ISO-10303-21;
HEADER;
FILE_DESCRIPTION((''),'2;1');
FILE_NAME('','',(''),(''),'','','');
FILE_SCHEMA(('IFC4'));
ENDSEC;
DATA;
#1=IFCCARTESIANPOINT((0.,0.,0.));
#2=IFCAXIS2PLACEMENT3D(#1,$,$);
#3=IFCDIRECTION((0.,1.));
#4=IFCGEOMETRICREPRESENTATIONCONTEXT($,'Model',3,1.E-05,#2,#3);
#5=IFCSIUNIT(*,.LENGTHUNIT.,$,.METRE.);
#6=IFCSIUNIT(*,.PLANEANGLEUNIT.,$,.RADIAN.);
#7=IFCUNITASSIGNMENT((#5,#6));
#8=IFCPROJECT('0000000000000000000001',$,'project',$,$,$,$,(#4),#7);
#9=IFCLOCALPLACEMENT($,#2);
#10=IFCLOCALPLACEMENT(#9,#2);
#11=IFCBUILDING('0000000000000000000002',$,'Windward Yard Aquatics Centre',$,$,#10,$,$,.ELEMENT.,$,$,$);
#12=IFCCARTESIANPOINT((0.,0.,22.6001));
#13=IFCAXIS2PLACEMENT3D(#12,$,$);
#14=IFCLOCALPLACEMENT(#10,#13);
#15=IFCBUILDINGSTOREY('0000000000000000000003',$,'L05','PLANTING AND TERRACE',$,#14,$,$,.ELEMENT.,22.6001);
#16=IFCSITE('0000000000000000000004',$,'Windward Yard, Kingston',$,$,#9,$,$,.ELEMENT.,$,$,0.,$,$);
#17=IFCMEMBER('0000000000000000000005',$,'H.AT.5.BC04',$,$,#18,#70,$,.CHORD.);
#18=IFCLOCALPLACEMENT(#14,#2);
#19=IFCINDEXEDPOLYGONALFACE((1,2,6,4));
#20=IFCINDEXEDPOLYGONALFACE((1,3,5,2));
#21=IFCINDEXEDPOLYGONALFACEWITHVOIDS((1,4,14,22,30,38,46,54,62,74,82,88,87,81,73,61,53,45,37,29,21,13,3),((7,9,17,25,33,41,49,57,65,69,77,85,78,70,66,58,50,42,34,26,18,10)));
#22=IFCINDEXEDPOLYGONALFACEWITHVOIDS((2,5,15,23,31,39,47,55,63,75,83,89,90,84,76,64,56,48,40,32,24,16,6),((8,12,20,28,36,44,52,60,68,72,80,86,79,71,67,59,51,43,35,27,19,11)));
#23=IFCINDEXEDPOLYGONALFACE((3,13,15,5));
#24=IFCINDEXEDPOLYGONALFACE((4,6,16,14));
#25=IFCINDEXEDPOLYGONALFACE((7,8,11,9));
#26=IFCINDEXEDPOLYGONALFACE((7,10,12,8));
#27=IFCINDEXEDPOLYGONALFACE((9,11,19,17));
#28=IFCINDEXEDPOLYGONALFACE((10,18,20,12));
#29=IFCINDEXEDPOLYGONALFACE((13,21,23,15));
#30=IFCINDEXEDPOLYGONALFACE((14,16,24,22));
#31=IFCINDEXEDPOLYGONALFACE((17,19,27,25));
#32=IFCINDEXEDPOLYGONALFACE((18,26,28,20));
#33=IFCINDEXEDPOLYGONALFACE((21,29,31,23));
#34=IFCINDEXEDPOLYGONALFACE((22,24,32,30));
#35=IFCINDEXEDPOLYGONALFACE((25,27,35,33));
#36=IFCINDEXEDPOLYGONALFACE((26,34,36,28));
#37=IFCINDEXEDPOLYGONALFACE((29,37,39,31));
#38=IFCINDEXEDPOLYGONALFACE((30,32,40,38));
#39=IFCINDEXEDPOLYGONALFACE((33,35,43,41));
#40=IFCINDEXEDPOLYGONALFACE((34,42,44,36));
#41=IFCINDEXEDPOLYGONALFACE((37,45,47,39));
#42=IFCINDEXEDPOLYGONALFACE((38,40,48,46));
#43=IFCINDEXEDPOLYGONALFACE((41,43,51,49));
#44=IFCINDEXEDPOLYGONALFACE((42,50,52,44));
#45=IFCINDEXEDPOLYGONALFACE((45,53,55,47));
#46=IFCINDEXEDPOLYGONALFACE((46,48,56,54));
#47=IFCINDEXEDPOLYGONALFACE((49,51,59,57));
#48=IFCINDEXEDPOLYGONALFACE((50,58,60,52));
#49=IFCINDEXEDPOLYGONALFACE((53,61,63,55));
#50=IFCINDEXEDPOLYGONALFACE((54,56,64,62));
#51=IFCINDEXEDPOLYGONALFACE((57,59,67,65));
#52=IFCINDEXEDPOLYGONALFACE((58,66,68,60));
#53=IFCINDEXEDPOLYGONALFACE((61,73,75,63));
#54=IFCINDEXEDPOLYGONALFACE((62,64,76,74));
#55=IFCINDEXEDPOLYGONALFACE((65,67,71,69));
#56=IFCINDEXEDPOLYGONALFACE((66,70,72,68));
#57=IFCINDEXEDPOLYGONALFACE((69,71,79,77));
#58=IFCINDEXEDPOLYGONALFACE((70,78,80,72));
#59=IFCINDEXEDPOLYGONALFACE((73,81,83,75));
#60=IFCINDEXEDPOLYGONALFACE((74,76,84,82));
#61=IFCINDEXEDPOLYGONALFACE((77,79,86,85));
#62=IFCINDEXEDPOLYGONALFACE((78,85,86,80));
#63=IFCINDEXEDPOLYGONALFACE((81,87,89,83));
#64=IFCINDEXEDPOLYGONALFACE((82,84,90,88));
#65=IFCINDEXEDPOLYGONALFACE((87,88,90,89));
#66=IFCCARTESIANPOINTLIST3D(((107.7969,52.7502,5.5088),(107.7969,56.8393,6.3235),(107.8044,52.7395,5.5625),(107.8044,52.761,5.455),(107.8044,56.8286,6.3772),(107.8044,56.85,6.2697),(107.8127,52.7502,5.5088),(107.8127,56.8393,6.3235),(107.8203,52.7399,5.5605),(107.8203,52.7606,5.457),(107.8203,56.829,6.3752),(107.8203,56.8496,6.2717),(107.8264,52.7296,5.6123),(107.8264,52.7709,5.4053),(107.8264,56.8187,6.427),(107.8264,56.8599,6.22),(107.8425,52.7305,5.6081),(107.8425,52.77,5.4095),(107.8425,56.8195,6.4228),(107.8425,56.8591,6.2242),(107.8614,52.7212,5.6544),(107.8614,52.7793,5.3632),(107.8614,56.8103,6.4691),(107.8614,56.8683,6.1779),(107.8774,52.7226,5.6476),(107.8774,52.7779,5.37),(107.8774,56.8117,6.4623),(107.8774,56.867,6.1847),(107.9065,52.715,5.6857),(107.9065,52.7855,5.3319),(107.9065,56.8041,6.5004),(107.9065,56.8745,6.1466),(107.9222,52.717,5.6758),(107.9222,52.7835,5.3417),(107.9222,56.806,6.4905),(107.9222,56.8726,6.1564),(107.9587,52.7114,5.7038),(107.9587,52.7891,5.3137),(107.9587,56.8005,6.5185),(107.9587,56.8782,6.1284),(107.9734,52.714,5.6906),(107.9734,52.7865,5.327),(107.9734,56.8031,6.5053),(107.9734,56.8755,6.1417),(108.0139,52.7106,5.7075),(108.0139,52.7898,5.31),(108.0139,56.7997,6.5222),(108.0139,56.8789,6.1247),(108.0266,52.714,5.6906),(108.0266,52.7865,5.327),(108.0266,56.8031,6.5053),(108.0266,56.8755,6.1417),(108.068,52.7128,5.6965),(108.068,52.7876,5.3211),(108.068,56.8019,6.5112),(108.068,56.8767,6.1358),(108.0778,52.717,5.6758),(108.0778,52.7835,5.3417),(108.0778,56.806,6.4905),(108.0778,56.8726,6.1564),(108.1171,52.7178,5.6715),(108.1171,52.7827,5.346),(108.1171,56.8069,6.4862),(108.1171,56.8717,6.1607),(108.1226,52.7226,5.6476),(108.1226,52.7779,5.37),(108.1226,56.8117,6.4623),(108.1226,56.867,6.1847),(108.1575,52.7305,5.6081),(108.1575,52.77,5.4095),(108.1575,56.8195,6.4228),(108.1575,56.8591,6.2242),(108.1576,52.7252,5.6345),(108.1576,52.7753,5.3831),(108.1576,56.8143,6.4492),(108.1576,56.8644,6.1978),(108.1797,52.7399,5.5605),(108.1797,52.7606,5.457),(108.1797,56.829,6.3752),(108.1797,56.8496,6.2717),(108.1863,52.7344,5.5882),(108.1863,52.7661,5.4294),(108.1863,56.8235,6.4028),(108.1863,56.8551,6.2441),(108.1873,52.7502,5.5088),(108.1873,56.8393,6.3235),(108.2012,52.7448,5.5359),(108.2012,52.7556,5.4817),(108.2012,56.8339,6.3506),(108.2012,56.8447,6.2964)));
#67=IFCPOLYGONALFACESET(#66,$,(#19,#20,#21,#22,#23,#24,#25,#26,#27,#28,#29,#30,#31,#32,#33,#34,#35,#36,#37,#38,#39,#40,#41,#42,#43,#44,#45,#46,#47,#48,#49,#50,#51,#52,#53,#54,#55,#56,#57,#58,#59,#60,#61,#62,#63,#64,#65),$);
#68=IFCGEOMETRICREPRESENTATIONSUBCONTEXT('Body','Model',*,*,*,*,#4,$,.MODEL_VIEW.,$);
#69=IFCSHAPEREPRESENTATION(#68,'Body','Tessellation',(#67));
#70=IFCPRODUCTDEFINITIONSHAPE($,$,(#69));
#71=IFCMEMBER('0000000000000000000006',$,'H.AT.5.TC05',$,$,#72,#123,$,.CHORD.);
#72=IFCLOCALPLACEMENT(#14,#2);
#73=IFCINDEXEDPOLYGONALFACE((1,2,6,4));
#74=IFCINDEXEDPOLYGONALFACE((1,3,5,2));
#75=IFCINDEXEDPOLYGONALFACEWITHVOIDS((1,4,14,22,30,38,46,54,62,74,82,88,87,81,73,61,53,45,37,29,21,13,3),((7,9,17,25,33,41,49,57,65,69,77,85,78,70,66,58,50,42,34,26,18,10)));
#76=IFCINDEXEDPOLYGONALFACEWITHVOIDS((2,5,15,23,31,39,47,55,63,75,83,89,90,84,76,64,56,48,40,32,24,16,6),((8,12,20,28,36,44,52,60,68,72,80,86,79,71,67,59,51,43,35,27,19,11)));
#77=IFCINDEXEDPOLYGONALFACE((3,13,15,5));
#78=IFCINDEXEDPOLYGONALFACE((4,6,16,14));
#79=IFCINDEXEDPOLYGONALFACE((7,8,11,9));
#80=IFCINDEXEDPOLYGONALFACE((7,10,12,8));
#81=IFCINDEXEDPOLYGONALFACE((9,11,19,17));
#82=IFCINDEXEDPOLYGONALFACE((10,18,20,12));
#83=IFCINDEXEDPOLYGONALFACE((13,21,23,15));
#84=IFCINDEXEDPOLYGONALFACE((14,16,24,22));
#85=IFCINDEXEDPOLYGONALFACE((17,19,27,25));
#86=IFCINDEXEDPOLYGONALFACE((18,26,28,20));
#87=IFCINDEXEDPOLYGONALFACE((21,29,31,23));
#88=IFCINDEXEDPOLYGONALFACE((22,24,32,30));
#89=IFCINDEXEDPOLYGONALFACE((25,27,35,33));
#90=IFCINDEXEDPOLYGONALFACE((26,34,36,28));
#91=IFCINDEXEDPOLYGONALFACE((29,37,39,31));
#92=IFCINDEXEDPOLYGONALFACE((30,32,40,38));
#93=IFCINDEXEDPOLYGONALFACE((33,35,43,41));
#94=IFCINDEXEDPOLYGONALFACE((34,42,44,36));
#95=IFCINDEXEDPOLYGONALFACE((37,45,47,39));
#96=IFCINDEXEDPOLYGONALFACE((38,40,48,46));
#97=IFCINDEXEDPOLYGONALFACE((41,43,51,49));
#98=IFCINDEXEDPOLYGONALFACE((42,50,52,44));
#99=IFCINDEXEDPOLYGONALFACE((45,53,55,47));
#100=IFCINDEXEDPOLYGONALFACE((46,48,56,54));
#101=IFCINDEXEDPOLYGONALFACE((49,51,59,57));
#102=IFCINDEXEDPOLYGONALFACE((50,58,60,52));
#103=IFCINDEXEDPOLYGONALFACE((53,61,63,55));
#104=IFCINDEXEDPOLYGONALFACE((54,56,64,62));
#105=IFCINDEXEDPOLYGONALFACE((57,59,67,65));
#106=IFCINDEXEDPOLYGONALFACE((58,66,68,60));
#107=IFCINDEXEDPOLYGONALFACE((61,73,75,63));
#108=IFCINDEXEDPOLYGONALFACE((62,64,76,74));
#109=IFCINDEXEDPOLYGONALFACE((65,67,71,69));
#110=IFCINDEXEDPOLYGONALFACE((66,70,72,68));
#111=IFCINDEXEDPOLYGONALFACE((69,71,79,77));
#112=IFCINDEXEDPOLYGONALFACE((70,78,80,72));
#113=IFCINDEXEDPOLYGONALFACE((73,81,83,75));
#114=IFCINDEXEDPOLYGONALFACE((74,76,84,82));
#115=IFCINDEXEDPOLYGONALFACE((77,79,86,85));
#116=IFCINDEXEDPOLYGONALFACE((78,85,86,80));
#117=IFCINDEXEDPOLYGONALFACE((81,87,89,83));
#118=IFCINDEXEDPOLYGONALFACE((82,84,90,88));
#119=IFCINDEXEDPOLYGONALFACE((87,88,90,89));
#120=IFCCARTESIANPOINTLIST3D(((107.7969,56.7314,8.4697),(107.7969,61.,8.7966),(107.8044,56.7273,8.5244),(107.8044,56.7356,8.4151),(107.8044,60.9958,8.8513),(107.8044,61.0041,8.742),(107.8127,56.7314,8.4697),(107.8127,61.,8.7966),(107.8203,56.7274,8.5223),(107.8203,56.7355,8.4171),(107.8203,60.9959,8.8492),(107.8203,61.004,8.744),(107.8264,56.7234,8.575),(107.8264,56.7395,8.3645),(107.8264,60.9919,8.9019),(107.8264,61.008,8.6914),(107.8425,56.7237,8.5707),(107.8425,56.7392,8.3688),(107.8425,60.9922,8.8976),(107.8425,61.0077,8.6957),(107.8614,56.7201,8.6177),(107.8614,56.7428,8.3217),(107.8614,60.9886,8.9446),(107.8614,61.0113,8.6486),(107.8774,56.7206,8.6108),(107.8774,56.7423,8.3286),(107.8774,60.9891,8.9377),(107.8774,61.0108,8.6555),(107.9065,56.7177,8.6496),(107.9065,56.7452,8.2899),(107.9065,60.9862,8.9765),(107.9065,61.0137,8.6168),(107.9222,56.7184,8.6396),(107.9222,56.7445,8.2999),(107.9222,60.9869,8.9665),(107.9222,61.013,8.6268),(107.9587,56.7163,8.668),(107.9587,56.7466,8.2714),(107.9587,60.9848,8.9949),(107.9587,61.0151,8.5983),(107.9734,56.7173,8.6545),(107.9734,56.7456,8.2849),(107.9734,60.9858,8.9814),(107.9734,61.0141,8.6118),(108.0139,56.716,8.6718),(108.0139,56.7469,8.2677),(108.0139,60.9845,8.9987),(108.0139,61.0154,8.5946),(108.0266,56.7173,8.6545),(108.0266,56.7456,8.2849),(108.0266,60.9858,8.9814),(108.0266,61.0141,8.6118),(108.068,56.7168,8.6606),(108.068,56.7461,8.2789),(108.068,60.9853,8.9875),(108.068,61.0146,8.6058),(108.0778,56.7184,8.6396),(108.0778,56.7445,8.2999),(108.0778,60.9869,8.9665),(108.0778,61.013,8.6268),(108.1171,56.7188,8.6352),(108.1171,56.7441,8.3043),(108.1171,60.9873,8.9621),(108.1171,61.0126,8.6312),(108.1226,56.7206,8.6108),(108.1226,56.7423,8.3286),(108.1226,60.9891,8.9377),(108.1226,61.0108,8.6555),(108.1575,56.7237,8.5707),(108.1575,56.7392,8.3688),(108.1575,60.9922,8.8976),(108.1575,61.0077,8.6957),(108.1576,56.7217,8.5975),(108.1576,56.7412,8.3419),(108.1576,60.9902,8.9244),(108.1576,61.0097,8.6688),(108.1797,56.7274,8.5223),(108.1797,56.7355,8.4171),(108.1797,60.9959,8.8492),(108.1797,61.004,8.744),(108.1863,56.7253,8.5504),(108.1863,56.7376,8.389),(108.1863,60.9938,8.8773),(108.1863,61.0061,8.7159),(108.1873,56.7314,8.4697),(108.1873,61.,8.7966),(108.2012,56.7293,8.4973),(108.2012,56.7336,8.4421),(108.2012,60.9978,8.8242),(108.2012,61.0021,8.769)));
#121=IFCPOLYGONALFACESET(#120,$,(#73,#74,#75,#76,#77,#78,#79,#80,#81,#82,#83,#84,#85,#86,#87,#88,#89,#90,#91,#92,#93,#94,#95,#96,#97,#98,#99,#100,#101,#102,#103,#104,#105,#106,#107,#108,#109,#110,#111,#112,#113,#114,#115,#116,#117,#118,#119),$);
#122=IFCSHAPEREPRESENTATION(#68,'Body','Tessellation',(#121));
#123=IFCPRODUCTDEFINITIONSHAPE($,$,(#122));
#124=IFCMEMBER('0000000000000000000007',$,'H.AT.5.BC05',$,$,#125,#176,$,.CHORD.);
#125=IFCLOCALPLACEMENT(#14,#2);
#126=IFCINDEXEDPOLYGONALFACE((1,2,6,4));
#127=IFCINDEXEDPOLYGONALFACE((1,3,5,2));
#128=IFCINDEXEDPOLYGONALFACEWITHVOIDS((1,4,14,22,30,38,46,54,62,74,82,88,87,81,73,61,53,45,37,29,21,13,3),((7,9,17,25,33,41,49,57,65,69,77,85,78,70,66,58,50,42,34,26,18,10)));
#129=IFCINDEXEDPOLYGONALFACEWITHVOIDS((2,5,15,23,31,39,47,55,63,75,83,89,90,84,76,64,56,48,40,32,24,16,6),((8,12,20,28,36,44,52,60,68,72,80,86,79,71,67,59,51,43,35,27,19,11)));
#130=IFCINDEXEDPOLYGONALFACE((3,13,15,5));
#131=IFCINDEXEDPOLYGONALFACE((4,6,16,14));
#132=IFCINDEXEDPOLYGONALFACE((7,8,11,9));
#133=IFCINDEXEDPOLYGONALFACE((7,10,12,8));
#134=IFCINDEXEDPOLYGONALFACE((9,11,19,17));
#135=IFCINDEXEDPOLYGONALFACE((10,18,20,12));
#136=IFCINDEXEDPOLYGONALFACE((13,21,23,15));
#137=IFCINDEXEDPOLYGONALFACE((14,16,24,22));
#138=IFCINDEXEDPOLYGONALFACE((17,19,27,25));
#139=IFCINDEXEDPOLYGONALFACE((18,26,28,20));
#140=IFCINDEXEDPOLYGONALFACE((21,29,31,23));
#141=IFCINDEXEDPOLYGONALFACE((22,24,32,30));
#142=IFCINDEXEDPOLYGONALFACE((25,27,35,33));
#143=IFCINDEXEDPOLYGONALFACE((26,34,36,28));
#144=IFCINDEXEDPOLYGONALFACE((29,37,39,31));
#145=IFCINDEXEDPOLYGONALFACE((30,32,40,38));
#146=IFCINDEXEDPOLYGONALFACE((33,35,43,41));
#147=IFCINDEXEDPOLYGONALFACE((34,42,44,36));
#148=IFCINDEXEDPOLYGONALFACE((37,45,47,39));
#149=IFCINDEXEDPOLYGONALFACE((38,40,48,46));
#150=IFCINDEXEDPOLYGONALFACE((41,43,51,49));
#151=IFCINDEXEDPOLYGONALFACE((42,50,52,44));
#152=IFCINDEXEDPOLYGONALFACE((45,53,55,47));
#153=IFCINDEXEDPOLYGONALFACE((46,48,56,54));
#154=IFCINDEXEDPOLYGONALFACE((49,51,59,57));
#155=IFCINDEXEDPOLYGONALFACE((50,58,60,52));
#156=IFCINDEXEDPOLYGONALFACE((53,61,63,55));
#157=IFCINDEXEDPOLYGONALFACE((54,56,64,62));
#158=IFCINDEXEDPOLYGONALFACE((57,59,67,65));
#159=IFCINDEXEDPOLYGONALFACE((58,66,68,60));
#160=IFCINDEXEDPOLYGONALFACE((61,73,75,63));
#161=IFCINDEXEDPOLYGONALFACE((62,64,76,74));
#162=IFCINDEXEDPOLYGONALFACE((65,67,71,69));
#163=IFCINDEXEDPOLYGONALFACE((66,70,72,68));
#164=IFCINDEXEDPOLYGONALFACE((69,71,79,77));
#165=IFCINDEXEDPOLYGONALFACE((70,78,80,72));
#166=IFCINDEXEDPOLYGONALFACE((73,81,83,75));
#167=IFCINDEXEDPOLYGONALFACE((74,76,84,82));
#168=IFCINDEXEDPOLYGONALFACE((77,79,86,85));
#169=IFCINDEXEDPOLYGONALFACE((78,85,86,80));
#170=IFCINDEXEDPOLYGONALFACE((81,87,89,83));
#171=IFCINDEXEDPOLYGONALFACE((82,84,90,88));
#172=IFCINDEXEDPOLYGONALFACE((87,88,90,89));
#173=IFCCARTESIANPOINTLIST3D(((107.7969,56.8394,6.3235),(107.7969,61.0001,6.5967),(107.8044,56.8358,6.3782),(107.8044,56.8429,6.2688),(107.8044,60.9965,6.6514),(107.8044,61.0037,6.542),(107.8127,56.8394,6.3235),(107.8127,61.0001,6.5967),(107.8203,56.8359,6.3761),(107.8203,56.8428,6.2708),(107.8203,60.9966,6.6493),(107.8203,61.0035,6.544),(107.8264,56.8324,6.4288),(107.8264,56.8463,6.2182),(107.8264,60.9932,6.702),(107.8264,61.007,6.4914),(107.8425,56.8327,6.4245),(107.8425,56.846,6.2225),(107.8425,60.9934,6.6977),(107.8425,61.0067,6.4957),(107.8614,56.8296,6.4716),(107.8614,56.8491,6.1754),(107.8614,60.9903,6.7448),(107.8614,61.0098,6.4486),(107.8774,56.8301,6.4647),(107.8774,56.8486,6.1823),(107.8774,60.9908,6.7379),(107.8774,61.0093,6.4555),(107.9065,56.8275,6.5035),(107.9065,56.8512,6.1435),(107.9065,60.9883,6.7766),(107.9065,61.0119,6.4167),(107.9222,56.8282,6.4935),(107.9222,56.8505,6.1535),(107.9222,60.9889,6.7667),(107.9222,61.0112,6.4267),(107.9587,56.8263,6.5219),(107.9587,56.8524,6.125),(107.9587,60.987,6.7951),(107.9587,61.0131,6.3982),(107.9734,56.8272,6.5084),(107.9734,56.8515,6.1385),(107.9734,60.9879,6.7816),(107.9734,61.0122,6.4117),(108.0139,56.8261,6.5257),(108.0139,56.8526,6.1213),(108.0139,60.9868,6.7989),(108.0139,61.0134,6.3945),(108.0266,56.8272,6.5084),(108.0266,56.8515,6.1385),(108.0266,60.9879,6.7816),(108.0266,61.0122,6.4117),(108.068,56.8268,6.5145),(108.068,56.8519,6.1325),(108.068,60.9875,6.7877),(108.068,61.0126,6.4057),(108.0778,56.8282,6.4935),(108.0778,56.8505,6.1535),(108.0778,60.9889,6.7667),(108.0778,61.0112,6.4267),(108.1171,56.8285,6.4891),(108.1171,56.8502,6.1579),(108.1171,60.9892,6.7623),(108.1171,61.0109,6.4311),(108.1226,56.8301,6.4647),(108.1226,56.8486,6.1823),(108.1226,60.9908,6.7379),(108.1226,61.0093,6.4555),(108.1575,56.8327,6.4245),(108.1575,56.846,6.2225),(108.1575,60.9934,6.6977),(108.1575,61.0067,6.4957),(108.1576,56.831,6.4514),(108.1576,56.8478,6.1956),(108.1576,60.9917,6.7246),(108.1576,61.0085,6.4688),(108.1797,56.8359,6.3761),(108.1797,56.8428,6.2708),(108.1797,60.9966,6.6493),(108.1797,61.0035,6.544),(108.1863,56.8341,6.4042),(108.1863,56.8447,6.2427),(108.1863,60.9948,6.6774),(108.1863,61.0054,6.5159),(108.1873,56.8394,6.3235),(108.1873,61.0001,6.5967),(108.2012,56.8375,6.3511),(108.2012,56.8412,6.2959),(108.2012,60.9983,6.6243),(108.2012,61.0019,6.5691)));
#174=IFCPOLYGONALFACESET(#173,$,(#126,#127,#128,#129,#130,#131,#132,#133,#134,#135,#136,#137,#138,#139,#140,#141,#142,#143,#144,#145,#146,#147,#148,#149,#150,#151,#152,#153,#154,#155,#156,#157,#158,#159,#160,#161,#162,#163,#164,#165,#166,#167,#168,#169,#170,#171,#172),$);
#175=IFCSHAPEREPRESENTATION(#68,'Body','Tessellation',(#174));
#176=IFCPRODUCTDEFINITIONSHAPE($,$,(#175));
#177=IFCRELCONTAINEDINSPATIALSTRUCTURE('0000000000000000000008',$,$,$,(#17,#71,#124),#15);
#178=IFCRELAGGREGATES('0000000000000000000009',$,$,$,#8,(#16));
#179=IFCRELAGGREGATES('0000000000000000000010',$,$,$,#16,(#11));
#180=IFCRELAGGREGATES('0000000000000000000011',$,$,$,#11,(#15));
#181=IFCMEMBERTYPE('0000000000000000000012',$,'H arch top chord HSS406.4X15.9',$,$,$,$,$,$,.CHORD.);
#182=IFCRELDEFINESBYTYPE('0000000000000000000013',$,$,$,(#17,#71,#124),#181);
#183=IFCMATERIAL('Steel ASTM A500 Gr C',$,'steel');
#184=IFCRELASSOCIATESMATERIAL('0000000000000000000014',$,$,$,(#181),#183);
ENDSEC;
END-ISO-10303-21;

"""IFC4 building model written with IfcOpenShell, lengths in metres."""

from ifc_helpers import new_model, si_unit, direction, frame, origin, origin_2d, place, context, subcontext, project, spatial, hollow_circle, extrude, material, material_profile, profile_set, type_object, element, save


model = new_model("IFC4")

# Units and contexts
model_context = context("Model", 3, precision=1e-05, world=origin(), true_north=direction((0.0, 1.0)))
body_context = subcontext(model_context, "Body", "Model", "MODEL_VIEW")
ifc_project = project(units=[si_unit("LENGTHUNIT", "METRE"), si_unit("PLANEANGLEUNIT", "RADIAN")], contexts=[model_context])

# Site, building, storey
site_placement = place(None, origin())
site = spatial("IfcSite", under=ifc_project, at=site_placement, Name="Windward Yard, Kingston", CompositionType="ELEMENT", RefElevation=0.0)
building_placement = place(site_placement, origin())
building = spatial("IfcBuilding", under=site, at=building_placement, Name="Windward Yard Aquatics Centre", CompositionType="ELEMENT")
storey_placement = place(building_placement, frame((0.0, 0.0, 22.6001)))
storey = spatial("IfcBuildingStorey", under=building, at=storey_placement, Name="L05", Description="PLANTING AND TERRACE", CompositionType="ELEMENT", Elevation=22.6001)

# Members
ifc_material_1 = material(Name="Steel ASTM A500 Gr C", Category="steel")
ifc_material_profile_1 = material_profile(ifc_material_1, hollow_circle(Radius=0.2031, WallThickness=0.0159, at=origin_2d()), Name="HSS406.4X15.9")
ifc_profile_set_1 = profile_set([ifc_material_profile_1], Name="Steel ASTM A500 Gr C")
member_type_1 = type_object("IfcMemberType", Name="H arch top chord HSS406.4X15.9", PredefinedType="CHORD", material=ifc_profile_set_1)
member_1_placement = place(storey_placement, frame((108.0, 52.7502, 5.5088), z_axis=(0.0, 0.980725, 0.195395), x_axis=(-1.0, 0.0, 0.0)))
element("IfcMember", 1, at=member_1_placement, inside=storey, type_object=member_type_1, Name="H.AT.5.BC04", PredefinedType="CHORD", context=body_context, shape_type="SweptSolid", body=[
    extrude(hollow_circle(Radius=0.2031, WallThickness=0.0159, at=origin_2d()), origin(), (0.0, 0.0, 1.0), 4.1694),
])
member_2_placement = place(storey_placement, frame((108.0, 56.7314, 8.4697), z_axis=(0.0, 0.99708, 0.076361), x_axis=(-1.0, 0.0, 0.0)))
element("IfcMember", 2, at=member_2_placement, inside=storey, type_object=member_type_1, Name="H.AT.5.TC05", PredefinedType="CHORD", context=body_context, shape_type="SweptSolid", body=[
    extrude(hollow_circle(Radius=0.2031, WallThickness=0.0159, at=origin_2d()), origin(), (0.0, 0.0, 1.0), 4.281),
])
member_3_placement = place(storey_placement, frame((108.0, 56.8394, 6.3235), z_axis=(0.0, 0.997851, 0.06552), x_axis=(-1.0, 0.0, 0.0)))
element("IfcMember", 3, at=member_3_placement, inside=storey, type_object=member_type_1, Name="H.AT.5.BC05", PredefinedType="CHORD", context=body_context, shape_type="SweptSolid", body=[
    extrude(hollow_circle(Radius=0.2031, WallThickness=0.0159, at=origin_2d()), origin(), (0.0, 0.0, 1.0), 4.1697),
])

save(model, "model.ifc")
